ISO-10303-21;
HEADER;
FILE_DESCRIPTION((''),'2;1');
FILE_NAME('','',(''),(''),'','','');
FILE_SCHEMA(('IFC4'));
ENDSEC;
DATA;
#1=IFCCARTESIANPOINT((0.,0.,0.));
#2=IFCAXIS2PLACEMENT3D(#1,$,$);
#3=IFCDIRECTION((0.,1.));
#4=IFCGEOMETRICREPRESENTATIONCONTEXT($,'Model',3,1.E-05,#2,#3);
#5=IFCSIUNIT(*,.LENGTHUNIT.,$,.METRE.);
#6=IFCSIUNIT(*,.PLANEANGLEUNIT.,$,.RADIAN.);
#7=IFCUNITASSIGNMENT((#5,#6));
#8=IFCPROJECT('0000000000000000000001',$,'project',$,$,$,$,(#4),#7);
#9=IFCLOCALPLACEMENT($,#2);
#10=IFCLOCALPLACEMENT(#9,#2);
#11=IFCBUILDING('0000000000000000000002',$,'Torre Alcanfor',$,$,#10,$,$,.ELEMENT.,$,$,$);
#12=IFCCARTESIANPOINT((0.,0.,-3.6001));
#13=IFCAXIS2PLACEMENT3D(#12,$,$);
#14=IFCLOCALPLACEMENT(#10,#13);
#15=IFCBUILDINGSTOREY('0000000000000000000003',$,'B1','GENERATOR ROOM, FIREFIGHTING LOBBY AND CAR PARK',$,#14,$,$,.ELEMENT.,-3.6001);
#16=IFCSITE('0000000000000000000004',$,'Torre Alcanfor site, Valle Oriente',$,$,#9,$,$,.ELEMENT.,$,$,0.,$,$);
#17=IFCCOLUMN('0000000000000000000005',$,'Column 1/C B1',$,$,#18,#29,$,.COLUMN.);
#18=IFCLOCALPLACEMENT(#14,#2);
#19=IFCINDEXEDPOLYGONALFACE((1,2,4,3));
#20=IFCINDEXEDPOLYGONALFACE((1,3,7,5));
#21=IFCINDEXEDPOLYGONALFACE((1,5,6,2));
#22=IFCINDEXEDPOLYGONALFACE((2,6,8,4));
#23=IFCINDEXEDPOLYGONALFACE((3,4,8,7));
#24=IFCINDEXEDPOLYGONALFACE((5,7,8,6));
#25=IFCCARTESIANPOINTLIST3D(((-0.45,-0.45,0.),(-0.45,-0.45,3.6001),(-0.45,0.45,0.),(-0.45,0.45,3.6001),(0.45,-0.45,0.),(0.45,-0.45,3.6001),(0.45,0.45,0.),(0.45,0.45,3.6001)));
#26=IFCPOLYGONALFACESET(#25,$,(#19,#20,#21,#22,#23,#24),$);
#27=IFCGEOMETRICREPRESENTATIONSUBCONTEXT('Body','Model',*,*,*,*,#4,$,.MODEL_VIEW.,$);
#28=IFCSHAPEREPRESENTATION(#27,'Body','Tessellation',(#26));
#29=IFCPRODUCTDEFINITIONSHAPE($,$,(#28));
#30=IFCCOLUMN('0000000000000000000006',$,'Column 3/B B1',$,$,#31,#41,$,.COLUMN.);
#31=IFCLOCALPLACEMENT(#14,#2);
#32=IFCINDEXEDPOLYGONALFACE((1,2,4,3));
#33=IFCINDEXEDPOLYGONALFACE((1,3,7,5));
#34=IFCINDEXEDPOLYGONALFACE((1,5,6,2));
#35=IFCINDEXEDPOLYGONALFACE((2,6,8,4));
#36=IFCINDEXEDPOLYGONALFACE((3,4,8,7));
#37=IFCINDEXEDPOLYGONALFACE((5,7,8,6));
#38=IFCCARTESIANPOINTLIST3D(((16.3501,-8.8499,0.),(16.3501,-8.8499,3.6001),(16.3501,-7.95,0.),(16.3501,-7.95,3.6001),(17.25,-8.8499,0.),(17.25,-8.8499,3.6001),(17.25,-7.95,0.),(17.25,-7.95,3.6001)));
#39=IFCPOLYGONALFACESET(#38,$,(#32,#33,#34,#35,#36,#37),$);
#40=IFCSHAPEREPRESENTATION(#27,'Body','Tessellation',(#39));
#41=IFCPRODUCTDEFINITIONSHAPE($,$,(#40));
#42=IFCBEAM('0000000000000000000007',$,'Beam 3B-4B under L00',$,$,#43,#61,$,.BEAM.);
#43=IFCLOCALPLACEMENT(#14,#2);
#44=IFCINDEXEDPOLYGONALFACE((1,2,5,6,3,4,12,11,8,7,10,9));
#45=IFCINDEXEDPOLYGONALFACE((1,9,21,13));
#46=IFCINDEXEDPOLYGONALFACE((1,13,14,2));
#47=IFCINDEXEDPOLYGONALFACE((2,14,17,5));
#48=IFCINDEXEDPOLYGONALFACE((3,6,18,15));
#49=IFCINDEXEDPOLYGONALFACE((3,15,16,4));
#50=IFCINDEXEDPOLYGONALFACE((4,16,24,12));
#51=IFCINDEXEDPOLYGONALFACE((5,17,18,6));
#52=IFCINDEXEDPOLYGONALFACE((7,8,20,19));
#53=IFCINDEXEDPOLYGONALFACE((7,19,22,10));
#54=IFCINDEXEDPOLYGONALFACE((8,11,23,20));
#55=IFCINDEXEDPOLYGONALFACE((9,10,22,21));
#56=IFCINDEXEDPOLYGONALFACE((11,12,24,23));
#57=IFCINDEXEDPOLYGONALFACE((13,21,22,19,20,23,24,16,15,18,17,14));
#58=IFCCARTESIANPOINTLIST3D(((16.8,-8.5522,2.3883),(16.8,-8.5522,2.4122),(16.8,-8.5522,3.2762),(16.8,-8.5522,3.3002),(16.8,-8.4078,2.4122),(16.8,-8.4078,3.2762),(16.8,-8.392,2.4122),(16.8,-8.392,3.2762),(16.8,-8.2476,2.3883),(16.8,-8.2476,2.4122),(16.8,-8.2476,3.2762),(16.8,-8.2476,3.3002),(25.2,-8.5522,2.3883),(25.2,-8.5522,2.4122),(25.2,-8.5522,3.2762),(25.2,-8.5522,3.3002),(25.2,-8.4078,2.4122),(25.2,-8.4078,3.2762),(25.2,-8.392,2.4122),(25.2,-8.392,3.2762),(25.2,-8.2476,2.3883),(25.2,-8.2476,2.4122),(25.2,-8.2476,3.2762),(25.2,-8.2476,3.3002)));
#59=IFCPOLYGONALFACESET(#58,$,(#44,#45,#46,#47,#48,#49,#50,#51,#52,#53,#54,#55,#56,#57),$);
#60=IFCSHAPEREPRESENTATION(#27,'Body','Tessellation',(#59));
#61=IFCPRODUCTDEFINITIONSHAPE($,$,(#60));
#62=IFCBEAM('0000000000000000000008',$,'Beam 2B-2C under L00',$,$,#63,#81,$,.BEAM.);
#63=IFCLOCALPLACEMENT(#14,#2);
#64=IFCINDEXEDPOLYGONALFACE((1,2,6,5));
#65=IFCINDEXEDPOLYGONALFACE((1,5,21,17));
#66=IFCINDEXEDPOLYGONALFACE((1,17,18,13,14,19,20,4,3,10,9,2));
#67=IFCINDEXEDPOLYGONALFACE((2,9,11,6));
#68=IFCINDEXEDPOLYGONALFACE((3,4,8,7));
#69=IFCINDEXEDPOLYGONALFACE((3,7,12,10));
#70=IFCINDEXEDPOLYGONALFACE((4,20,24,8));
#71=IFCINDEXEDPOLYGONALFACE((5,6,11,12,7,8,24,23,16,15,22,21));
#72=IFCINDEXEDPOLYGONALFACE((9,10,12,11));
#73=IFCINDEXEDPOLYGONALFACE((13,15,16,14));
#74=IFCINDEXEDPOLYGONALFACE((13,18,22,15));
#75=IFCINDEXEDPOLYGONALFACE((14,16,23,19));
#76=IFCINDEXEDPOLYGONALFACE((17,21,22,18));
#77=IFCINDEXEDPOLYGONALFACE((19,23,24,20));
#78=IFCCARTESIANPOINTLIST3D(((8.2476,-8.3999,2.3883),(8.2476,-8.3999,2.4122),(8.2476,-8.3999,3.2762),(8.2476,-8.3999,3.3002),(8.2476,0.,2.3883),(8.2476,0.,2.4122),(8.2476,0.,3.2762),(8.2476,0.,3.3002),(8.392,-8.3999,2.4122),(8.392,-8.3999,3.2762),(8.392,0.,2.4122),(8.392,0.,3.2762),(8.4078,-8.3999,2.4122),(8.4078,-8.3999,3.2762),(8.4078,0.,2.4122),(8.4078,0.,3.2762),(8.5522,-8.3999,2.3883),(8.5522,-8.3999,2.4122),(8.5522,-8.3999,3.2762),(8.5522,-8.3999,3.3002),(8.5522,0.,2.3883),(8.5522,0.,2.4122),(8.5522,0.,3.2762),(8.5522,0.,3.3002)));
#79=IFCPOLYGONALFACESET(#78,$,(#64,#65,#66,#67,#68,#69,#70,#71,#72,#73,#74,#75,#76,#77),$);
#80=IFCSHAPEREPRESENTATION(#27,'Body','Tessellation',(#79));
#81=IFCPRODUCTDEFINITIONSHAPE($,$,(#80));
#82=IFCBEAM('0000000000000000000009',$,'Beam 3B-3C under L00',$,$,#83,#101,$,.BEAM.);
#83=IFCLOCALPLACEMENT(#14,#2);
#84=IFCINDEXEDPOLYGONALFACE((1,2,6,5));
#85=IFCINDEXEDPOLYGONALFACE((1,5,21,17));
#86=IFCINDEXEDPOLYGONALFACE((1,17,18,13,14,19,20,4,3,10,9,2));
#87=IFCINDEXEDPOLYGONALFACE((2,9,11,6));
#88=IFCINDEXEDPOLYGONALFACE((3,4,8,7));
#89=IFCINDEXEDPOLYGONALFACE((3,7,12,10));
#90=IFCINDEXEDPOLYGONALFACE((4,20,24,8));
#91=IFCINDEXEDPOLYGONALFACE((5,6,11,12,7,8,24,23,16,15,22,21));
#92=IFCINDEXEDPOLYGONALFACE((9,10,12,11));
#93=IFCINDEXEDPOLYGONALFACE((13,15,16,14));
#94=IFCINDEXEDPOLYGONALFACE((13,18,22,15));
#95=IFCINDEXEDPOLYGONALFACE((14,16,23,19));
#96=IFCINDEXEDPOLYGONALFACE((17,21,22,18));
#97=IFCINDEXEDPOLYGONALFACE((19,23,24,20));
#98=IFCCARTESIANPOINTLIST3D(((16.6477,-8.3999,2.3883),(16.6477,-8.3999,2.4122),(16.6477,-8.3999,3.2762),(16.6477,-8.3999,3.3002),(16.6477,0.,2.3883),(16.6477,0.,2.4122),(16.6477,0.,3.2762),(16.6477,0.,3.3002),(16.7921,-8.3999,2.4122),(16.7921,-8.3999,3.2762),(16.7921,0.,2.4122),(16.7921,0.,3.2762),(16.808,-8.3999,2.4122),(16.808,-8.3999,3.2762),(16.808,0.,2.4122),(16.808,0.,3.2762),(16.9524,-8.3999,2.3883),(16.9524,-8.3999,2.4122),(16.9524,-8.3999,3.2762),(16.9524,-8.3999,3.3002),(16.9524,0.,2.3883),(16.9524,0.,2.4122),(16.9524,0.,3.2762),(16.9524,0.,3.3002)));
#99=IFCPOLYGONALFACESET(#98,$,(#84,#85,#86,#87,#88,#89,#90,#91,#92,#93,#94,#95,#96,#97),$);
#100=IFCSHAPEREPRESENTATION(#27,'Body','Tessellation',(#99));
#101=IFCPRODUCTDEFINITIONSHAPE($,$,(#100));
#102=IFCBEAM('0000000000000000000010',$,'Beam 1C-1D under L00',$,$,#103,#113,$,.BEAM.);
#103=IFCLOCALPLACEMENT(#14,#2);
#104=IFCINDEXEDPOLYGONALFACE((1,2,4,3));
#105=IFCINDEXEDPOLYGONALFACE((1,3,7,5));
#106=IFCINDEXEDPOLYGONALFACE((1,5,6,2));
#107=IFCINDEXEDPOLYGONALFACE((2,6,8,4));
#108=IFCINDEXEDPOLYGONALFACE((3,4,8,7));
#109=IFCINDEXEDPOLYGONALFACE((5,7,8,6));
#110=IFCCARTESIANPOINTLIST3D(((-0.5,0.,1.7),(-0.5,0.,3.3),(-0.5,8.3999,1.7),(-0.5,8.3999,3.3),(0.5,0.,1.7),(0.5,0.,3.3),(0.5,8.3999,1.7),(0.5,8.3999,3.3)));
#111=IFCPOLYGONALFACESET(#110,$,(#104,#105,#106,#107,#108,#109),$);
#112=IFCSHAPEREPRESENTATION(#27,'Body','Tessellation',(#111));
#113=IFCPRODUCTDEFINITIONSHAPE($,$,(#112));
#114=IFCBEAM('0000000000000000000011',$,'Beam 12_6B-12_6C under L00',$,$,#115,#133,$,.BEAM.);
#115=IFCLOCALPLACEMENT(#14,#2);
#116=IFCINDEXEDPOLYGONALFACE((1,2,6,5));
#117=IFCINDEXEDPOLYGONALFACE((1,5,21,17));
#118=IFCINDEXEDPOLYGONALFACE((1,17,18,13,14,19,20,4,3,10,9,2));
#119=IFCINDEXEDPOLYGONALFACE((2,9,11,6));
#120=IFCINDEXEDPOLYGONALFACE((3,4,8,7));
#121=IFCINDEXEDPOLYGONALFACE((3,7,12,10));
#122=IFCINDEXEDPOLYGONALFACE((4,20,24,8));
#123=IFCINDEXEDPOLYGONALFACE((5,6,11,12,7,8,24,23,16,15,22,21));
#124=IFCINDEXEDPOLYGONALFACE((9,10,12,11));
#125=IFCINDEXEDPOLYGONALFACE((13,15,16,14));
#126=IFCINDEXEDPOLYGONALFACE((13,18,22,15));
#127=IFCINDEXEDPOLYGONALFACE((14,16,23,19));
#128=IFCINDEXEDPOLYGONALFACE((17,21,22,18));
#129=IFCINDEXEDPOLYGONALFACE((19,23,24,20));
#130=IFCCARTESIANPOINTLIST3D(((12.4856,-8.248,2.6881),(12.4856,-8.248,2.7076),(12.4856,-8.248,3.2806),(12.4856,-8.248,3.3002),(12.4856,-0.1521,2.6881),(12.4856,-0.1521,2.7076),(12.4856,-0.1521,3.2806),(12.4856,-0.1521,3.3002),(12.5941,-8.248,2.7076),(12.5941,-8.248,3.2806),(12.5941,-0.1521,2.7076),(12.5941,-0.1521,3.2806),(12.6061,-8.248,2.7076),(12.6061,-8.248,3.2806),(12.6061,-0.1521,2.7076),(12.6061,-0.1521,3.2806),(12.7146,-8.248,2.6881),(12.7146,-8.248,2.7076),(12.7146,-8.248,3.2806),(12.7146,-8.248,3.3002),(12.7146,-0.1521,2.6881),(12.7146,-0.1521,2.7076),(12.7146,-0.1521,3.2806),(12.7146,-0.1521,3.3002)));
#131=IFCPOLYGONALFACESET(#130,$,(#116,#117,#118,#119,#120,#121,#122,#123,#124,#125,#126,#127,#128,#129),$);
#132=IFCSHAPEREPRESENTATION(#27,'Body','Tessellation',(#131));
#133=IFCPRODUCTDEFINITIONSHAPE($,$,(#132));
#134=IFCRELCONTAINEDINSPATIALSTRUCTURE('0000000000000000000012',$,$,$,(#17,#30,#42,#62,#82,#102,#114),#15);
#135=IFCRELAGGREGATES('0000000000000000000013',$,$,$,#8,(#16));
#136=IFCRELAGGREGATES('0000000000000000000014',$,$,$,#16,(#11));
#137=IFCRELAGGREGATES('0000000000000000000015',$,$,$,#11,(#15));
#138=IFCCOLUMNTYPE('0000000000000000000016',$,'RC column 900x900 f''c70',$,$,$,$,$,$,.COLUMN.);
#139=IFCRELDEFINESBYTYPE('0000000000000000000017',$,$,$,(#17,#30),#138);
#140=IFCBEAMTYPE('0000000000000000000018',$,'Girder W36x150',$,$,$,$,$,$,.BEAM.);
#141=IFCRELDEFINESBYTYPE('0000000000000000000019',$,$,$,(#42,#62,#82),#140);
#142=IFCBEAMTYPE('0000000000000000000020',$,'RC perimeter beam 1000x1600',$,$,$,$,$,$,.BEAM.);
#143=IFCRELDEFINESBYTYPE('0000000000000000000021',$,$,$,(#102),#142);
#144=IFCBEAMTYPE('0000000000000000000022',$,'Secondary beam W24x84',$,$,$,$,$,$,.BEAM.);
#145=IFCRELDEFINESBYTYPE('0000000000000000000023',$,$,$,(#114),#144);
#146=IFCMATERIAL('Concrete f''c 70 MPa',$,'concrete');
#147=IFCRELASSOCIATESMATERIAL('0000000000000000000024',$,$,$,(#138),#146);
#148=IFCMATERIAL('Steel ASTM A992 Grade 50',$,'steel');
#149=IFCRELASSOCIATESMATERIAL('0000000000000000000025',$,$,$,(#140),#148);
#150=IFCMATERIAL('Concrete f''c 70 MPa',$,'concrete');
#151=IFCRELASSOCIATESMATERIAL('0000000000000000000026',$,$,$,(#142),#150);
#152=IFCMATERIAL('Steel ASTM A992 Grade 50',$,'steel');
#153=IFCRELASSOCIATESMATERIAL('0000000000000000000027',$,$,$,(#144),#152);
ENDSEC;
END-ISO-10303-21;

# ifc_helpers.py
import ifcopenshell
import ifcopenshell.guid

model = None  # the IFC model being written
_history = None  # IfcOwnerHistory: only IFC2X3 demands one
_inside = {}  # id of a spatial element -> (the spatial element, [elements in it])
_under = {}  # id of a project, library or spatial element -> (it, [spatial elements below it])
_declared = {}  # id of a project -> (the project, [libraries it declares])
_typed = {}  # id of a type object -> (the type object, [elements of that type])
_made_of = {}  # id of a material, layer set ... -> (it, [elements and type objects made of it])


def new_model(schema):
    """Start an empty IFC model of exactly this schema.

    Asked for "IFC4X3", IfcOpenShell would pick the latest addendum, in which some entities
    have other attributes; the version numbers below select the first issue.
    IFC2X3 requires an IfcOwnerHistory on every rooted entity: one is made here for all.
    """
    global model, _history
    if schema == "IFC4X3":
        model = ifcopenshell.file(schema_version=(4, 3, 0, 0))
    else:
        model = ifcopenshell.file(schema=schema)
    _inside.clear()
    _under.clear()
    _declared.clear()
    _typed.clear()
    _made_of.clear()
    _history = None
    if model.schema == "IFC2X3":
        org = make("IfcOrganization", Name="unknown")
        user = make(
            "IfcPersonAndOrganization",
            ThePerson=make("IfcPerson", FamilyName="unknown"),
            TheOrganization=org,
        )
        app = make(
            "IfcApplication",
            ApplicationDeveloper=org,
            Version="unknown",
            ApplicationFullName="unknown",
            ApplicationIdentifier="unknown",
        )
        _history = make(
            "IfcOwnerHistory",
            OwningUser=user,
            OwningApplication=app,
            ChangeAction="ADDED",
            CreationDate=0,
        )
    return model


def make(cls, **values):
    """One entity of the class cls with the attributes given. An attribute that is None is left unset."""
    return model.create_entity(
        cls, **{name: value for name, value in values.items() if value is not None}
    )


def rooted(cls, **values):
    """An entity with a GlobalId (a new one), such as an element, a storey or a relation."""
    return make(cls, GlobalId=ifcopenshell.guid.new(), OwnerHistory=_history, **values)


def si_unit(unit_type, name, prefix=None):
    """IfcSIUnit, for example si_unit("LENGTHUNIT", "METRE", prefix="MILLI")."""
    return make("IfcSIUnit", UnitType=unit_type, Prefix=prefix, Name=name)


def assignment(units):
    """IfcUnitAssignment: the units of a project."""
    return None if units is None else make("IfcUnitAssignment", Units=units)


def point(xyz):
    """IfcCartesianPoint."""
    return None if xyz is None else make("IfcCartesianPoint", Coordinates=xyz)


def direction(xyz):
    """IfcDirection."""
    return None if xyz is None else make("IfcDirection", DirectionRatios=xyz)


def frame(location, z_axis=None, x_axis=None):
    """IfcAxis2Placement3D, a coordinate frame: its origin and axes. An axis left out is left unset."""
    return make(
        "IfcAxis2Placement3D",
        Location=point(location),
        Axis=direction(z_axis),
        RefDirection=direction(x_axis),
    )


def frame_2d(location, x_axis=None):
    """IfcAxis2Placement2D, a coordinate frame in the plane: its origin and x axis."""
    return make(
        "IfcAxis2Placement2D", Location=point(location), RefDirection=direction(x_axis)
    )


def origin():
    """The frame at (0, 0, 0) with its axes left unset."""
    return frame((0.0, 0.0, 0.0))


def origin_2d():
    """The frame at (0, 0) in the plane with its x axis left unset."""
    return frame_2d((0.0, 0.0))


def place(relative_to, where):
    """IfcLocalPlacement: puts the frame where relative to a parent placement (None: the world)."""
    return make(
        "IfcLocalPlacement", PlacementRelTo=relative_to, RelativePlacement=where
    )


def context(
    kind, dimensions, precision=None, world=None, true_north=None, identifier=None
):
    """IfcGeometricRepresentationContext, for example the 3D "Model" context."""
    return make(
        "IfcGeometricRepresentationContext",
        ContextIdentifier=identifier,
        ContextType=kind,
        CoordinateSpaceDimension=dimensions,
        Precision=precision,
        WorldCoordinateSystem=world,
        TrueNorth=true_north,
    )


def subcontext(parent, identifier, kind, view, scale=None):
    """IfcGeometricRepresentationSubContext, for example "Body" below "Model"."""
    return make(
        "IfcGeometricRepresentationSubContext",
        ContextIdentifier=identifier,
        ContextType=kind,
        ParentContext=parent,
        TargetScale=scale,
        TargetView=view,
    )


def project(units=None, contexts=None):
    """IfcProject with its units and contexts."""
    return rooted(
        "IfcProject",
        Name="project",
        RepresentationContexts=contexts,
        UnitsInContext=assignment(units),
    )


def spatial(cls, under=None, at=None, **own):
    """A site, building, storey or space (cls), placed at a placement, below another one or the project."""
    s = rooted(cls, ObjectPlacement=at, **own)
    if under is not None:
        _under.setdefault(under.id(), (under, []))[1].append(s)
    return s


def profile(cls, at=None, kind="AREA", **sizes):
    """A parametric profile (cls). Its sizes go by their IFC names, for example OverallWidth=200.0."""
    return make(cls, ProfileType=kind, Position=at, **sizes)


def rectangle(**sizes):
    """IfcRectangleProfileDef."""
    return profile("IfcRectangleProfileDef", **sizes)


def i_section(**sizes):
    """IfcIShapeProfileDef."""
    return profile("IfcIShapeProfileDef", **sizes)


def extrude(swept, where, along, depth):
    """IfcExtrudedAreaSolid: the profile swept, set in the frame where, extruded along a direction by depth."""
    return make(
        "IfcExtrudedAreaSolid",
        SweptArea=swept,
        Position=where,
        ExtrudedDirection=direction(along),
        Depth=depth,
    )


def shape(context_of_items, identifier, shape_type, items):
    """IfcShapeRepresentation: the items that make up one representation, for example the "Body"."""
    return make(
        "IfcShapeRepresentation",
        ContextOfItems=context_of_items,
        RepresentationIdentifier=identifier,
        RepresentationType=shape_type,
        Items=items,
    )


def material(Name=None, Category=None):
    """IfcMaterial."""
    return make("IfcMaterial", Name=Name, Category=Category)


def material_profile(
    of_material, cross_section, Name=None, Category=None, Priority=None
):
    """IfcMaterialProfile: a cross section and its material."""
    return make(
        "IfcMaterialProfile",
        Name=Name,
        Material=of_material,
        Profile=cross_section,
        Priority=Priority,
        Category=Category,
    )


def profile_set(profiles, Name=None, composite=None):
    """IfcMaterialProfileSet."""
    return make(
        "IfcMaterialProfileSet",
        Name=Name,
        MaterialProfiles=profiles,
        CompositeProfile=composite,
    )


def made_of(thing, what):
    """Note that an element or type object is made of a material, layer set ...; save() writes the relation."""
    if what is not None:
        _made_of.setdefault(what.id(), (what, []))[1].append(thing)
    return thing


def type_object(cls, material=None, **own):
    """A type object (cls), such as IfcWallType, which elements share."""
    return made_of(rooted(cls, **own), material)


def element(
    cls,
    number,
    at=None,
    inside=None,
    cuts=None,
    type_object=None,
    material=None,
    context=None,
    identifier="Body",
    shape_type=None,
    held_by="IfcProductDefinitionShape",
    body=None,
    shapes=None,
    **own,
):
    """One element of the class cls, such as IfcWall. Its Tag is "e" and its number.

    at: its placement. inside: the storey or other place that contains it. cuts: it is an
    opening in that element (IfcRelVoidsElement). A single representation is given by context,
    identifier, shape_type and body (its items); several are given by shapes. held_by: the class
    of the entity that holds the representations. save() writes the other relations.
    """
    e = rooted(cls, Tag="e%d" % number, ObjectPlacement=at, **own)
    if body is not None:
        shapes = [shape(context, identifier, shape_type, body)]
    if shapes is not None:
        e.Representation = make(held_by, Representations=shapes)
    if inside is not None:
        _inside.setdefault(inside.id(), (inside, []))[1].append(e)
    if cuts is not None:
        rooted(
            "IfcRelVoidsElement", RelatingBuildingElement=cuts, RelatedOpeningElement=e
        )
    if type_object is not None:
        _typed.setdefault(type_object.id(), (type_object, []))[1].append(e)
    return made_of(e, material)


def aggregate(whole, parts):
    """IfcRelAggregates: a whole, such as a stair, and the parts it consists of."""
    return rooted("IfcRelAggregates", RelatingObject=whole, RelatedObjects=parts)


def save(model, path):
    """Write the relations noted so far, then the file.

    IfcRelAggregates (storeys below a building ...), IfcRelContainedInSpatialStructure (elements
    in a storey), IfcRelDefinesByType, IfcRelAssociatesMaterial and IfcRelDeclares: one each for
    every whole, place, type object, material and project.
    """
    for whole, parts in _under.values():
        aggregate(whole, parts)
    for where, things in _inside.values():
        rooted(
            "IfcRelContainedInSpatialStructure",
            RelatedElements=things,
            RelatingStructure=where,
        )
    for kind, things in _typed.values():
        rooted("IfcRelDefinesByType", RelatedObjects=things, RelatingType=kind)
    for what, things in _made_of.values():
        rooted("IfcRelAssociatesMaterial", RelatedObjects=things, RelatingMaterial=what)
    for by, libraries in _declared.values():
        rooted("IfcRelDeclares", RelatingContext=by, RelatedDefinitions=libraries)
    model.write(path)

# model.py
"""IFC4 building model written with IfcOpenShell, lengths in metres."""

from ifc_helpers import new_model, si_unit, direction, frame, origin, origin_2d, place, context, subcontext, project, spatial, rectangle, i_section, extrude, material, material_profile, profile_set, type_object, element, save


model = new_model("IFC4")

# Units and contexts
model_context = context("Model", 3, precision=1e-05, world=origin(), true_north=direction((0.0, 1.0)))
body_context = subcontext(model_context, "Body", "Model", "MODEL_VIEW")
ifc_project = project(units=[si_unit("LENGTHUNIT", "METRE"), si_unit("PLANEANGLEUNIT", "RADIAN")], contexts=[model_context])

# Site, building, storey
site_placement = place(None, origin())
site = spatial("IfcSite", under=ifc_project, at=site_placement, Name="Torre Alcanfor site, Valle Oriente", CompositionType="ELEMENT", RefElevation=0.0)
building_placement = place(site_placement, origin())
building = spatial("IfcBuilding", under=site, at=building_placement, Name="Torre Alcanfor", CompositionType="ELEMENT")
storey_placement = place(building_placement, frame((0.0, 0.0, -3.6001)))
storey = spatial("IfcBuildingStorey", under=building, at=storey_placement, Name="B1", Description="GENERATOR ROOM, FIREFIGHTING LOBBY AND CAR PARK", CompositionType="ELEMENT", Elevation=-3.6001)

# Columns
ifc_material_1 = material(Name="Concrete f'c 70 MPa", Category="concrete")
ifc_material_profile_1 = material_profile(ifc_material_1, rectangle(XDim=0.8999, YDim=0.8999, at=origin_2d()), Name="900x900")
ifc_profile_set_1 = profile_set([ifc_material_profile_1], Name="Concrete f'c 70 MPa")
column_type = type_object("IfcColumnType", Name="RC column 900x900 f'c70", PredefinedType="COLUMN", material=ifc_profile_set_1)
for number, where, z_axis, x_axis, name in (
    (1, (0.0, 0.0, 0.0), (0.0, 0.0, 1.0), (1.0, 0.0, 0.0), "Column 1/C B1"),
    (2, (16.8, -8.3999, 0.0), (0.0, 0.0, 1.0), (1.0, 0.0, 0.0), "Column 3/B B1"),
):
    element("IfcColumn", number, at=place(storey_placement, frame(where, z_axis=z_axis, x_axis=x_axis)), inside=storey, type_object=column_type, Name=name, PredefinedType="COLUMN", context=body_context, shape_type="SweptSolid", body=[
        extrude(rectangle(XDim=0.8999, YDim=0.8999, at=origin_2d()), origin(), (0.0, 0.0, 1.0), 3.6001),
    ])

# Beams
ifc_material_2 = material(Name="Steel ASTM A992 Grade 50", Category="steel")
ifc_material_profile_2 = material_profile(ifc_material_2, i_section(OverallWidth=0.3047, OverallDepth=0.9119, WebThickness=0.0159, FlangeThickness=0.0239, at=origin_2d()), Name="W36x150")
ifc_profile_set_2 = profile_set([ifc_material_profile_2], Name="Steel ASTM A992 Grade 50")
beam_type_1 = type_object("IfcBeamType", Name="Girder W36x150", PredefinedType="BEAM", material=ifc_profile_set_2)
for number, where, z_axis, x_axis, name in (
    (3, (16.8, -8.3999, 2.8442), (1.0, 0.0, 0.0), (0.0, 1.0, 0.0), "Beam 3B-4B under L00"),
    (4, (8.3999, -8.3999, 2.8442), (0.0, 1.0, 0.0), (-1.0, 0.0, 0.0), "Beam 2B-2C under L00"),
    (5, (16.8, -8.3999, 2.8442), (0.0, 1.0, 0.0), (-1.0, 0.0, 0.0), "Beam 3B-3C under L00"),
):
    element("IfcBeam", number, at=place(storey_placement, frame(where, z_axis=z_axis, x_axis=x_axis)), inside=storey, type_object=beam_type_1, Name=name, PredefinedType="BEAM", context=body_context, shape_type="SweptSolid", body=[
        extrude(i_section(OverallWidth=0.3047, OverallDepth=0.9119, WebThickness=0.0159, FlangeThickness=0.0239, at=origin_2d()), origin(), (0.0, 0.0, 1.0), 8.3999),
    ])
ifc_material_3 = material(Name="Concrete f'c 70 MPa", Category="concrete")
ifc_material_profile_3 = material_profile(ifc_material_3, rectangle(XDim=1.0, YDim=1.6001, at=origin_2d()), Name="1000x1600")
ifc_profile_set_3 = profile_set([ifc_material_profile_3], Name="Concrete f'c 70 MPa")
beam_type_2 = type_object("IfcBeamType", Name="RC perimeter beam 1000x1600", PredefinedType="BEAM", material=ifc_profile_set_3)
beam_1_placement = place(storey_placement, frame((0.0, 0.0, 2.5), z_axis=(0.0, 1.0, 0.0), x_axis=(-1.0, 0.0, 0.0)))
element("IfcBeam", 6, at=beam_1_placement, inside=storey, type_object=beam_type_2, Name="Beam 1C-1D under L00", PredefinedType="BEAM", context=body_context, shape_type="SweptSolid", body=[
    extrude(rectangle(XDim=1.0, YDim=1.6001, at=origin_2d()), origin(), (0.0, 0.0, 1.0), 8.3999),
])
ifc_material_4 = material(Name="Steel ASTM A992 Grade 50", Category="steel")
ifc_material_profile_4 = material_profile(ifc_material_4, i_section(OverallWidth=0.229, OverallDepth=0.6121, WebThickness=0.012, FlangeThickness=0.0195, at=origin_2d()), Name="W24x84")
ifc_profile_set_4 = profile_set([ifc_material_profile_4], Name="Steel ASTM A992 Grade 50")
beam_type_3 = type_object("IfcBeamType", Name="Secondary beam W24x84", PredefinedType="BEAM", material=ifc_profile_set_4)
beam_2_placement = place(storey_placement, frame((12.6001, -8.248, 2.9941), z_axis=(0.0, 1.0, 0.0), x_axis=(-1.0, 0.0, 0.0)))
element("IfcBeam", 7, at=beam_2_placement, inside=storey, type_object=beam_type_3, Name="Beam 12_6B-12_6C under L00", PredefinedType="BEAM", context=body_context, shape_type="SweptSolid", body=[
    extrude(i_section(OverallWidth=0.229, OverallDepth=0.6121, WebThickness=0.012, FlangeThickness=0.0195, at=origin_2d()), origin(), (0.0, 0.0, 1.0), 8.0959),
])

save(model, "model.ifc")
